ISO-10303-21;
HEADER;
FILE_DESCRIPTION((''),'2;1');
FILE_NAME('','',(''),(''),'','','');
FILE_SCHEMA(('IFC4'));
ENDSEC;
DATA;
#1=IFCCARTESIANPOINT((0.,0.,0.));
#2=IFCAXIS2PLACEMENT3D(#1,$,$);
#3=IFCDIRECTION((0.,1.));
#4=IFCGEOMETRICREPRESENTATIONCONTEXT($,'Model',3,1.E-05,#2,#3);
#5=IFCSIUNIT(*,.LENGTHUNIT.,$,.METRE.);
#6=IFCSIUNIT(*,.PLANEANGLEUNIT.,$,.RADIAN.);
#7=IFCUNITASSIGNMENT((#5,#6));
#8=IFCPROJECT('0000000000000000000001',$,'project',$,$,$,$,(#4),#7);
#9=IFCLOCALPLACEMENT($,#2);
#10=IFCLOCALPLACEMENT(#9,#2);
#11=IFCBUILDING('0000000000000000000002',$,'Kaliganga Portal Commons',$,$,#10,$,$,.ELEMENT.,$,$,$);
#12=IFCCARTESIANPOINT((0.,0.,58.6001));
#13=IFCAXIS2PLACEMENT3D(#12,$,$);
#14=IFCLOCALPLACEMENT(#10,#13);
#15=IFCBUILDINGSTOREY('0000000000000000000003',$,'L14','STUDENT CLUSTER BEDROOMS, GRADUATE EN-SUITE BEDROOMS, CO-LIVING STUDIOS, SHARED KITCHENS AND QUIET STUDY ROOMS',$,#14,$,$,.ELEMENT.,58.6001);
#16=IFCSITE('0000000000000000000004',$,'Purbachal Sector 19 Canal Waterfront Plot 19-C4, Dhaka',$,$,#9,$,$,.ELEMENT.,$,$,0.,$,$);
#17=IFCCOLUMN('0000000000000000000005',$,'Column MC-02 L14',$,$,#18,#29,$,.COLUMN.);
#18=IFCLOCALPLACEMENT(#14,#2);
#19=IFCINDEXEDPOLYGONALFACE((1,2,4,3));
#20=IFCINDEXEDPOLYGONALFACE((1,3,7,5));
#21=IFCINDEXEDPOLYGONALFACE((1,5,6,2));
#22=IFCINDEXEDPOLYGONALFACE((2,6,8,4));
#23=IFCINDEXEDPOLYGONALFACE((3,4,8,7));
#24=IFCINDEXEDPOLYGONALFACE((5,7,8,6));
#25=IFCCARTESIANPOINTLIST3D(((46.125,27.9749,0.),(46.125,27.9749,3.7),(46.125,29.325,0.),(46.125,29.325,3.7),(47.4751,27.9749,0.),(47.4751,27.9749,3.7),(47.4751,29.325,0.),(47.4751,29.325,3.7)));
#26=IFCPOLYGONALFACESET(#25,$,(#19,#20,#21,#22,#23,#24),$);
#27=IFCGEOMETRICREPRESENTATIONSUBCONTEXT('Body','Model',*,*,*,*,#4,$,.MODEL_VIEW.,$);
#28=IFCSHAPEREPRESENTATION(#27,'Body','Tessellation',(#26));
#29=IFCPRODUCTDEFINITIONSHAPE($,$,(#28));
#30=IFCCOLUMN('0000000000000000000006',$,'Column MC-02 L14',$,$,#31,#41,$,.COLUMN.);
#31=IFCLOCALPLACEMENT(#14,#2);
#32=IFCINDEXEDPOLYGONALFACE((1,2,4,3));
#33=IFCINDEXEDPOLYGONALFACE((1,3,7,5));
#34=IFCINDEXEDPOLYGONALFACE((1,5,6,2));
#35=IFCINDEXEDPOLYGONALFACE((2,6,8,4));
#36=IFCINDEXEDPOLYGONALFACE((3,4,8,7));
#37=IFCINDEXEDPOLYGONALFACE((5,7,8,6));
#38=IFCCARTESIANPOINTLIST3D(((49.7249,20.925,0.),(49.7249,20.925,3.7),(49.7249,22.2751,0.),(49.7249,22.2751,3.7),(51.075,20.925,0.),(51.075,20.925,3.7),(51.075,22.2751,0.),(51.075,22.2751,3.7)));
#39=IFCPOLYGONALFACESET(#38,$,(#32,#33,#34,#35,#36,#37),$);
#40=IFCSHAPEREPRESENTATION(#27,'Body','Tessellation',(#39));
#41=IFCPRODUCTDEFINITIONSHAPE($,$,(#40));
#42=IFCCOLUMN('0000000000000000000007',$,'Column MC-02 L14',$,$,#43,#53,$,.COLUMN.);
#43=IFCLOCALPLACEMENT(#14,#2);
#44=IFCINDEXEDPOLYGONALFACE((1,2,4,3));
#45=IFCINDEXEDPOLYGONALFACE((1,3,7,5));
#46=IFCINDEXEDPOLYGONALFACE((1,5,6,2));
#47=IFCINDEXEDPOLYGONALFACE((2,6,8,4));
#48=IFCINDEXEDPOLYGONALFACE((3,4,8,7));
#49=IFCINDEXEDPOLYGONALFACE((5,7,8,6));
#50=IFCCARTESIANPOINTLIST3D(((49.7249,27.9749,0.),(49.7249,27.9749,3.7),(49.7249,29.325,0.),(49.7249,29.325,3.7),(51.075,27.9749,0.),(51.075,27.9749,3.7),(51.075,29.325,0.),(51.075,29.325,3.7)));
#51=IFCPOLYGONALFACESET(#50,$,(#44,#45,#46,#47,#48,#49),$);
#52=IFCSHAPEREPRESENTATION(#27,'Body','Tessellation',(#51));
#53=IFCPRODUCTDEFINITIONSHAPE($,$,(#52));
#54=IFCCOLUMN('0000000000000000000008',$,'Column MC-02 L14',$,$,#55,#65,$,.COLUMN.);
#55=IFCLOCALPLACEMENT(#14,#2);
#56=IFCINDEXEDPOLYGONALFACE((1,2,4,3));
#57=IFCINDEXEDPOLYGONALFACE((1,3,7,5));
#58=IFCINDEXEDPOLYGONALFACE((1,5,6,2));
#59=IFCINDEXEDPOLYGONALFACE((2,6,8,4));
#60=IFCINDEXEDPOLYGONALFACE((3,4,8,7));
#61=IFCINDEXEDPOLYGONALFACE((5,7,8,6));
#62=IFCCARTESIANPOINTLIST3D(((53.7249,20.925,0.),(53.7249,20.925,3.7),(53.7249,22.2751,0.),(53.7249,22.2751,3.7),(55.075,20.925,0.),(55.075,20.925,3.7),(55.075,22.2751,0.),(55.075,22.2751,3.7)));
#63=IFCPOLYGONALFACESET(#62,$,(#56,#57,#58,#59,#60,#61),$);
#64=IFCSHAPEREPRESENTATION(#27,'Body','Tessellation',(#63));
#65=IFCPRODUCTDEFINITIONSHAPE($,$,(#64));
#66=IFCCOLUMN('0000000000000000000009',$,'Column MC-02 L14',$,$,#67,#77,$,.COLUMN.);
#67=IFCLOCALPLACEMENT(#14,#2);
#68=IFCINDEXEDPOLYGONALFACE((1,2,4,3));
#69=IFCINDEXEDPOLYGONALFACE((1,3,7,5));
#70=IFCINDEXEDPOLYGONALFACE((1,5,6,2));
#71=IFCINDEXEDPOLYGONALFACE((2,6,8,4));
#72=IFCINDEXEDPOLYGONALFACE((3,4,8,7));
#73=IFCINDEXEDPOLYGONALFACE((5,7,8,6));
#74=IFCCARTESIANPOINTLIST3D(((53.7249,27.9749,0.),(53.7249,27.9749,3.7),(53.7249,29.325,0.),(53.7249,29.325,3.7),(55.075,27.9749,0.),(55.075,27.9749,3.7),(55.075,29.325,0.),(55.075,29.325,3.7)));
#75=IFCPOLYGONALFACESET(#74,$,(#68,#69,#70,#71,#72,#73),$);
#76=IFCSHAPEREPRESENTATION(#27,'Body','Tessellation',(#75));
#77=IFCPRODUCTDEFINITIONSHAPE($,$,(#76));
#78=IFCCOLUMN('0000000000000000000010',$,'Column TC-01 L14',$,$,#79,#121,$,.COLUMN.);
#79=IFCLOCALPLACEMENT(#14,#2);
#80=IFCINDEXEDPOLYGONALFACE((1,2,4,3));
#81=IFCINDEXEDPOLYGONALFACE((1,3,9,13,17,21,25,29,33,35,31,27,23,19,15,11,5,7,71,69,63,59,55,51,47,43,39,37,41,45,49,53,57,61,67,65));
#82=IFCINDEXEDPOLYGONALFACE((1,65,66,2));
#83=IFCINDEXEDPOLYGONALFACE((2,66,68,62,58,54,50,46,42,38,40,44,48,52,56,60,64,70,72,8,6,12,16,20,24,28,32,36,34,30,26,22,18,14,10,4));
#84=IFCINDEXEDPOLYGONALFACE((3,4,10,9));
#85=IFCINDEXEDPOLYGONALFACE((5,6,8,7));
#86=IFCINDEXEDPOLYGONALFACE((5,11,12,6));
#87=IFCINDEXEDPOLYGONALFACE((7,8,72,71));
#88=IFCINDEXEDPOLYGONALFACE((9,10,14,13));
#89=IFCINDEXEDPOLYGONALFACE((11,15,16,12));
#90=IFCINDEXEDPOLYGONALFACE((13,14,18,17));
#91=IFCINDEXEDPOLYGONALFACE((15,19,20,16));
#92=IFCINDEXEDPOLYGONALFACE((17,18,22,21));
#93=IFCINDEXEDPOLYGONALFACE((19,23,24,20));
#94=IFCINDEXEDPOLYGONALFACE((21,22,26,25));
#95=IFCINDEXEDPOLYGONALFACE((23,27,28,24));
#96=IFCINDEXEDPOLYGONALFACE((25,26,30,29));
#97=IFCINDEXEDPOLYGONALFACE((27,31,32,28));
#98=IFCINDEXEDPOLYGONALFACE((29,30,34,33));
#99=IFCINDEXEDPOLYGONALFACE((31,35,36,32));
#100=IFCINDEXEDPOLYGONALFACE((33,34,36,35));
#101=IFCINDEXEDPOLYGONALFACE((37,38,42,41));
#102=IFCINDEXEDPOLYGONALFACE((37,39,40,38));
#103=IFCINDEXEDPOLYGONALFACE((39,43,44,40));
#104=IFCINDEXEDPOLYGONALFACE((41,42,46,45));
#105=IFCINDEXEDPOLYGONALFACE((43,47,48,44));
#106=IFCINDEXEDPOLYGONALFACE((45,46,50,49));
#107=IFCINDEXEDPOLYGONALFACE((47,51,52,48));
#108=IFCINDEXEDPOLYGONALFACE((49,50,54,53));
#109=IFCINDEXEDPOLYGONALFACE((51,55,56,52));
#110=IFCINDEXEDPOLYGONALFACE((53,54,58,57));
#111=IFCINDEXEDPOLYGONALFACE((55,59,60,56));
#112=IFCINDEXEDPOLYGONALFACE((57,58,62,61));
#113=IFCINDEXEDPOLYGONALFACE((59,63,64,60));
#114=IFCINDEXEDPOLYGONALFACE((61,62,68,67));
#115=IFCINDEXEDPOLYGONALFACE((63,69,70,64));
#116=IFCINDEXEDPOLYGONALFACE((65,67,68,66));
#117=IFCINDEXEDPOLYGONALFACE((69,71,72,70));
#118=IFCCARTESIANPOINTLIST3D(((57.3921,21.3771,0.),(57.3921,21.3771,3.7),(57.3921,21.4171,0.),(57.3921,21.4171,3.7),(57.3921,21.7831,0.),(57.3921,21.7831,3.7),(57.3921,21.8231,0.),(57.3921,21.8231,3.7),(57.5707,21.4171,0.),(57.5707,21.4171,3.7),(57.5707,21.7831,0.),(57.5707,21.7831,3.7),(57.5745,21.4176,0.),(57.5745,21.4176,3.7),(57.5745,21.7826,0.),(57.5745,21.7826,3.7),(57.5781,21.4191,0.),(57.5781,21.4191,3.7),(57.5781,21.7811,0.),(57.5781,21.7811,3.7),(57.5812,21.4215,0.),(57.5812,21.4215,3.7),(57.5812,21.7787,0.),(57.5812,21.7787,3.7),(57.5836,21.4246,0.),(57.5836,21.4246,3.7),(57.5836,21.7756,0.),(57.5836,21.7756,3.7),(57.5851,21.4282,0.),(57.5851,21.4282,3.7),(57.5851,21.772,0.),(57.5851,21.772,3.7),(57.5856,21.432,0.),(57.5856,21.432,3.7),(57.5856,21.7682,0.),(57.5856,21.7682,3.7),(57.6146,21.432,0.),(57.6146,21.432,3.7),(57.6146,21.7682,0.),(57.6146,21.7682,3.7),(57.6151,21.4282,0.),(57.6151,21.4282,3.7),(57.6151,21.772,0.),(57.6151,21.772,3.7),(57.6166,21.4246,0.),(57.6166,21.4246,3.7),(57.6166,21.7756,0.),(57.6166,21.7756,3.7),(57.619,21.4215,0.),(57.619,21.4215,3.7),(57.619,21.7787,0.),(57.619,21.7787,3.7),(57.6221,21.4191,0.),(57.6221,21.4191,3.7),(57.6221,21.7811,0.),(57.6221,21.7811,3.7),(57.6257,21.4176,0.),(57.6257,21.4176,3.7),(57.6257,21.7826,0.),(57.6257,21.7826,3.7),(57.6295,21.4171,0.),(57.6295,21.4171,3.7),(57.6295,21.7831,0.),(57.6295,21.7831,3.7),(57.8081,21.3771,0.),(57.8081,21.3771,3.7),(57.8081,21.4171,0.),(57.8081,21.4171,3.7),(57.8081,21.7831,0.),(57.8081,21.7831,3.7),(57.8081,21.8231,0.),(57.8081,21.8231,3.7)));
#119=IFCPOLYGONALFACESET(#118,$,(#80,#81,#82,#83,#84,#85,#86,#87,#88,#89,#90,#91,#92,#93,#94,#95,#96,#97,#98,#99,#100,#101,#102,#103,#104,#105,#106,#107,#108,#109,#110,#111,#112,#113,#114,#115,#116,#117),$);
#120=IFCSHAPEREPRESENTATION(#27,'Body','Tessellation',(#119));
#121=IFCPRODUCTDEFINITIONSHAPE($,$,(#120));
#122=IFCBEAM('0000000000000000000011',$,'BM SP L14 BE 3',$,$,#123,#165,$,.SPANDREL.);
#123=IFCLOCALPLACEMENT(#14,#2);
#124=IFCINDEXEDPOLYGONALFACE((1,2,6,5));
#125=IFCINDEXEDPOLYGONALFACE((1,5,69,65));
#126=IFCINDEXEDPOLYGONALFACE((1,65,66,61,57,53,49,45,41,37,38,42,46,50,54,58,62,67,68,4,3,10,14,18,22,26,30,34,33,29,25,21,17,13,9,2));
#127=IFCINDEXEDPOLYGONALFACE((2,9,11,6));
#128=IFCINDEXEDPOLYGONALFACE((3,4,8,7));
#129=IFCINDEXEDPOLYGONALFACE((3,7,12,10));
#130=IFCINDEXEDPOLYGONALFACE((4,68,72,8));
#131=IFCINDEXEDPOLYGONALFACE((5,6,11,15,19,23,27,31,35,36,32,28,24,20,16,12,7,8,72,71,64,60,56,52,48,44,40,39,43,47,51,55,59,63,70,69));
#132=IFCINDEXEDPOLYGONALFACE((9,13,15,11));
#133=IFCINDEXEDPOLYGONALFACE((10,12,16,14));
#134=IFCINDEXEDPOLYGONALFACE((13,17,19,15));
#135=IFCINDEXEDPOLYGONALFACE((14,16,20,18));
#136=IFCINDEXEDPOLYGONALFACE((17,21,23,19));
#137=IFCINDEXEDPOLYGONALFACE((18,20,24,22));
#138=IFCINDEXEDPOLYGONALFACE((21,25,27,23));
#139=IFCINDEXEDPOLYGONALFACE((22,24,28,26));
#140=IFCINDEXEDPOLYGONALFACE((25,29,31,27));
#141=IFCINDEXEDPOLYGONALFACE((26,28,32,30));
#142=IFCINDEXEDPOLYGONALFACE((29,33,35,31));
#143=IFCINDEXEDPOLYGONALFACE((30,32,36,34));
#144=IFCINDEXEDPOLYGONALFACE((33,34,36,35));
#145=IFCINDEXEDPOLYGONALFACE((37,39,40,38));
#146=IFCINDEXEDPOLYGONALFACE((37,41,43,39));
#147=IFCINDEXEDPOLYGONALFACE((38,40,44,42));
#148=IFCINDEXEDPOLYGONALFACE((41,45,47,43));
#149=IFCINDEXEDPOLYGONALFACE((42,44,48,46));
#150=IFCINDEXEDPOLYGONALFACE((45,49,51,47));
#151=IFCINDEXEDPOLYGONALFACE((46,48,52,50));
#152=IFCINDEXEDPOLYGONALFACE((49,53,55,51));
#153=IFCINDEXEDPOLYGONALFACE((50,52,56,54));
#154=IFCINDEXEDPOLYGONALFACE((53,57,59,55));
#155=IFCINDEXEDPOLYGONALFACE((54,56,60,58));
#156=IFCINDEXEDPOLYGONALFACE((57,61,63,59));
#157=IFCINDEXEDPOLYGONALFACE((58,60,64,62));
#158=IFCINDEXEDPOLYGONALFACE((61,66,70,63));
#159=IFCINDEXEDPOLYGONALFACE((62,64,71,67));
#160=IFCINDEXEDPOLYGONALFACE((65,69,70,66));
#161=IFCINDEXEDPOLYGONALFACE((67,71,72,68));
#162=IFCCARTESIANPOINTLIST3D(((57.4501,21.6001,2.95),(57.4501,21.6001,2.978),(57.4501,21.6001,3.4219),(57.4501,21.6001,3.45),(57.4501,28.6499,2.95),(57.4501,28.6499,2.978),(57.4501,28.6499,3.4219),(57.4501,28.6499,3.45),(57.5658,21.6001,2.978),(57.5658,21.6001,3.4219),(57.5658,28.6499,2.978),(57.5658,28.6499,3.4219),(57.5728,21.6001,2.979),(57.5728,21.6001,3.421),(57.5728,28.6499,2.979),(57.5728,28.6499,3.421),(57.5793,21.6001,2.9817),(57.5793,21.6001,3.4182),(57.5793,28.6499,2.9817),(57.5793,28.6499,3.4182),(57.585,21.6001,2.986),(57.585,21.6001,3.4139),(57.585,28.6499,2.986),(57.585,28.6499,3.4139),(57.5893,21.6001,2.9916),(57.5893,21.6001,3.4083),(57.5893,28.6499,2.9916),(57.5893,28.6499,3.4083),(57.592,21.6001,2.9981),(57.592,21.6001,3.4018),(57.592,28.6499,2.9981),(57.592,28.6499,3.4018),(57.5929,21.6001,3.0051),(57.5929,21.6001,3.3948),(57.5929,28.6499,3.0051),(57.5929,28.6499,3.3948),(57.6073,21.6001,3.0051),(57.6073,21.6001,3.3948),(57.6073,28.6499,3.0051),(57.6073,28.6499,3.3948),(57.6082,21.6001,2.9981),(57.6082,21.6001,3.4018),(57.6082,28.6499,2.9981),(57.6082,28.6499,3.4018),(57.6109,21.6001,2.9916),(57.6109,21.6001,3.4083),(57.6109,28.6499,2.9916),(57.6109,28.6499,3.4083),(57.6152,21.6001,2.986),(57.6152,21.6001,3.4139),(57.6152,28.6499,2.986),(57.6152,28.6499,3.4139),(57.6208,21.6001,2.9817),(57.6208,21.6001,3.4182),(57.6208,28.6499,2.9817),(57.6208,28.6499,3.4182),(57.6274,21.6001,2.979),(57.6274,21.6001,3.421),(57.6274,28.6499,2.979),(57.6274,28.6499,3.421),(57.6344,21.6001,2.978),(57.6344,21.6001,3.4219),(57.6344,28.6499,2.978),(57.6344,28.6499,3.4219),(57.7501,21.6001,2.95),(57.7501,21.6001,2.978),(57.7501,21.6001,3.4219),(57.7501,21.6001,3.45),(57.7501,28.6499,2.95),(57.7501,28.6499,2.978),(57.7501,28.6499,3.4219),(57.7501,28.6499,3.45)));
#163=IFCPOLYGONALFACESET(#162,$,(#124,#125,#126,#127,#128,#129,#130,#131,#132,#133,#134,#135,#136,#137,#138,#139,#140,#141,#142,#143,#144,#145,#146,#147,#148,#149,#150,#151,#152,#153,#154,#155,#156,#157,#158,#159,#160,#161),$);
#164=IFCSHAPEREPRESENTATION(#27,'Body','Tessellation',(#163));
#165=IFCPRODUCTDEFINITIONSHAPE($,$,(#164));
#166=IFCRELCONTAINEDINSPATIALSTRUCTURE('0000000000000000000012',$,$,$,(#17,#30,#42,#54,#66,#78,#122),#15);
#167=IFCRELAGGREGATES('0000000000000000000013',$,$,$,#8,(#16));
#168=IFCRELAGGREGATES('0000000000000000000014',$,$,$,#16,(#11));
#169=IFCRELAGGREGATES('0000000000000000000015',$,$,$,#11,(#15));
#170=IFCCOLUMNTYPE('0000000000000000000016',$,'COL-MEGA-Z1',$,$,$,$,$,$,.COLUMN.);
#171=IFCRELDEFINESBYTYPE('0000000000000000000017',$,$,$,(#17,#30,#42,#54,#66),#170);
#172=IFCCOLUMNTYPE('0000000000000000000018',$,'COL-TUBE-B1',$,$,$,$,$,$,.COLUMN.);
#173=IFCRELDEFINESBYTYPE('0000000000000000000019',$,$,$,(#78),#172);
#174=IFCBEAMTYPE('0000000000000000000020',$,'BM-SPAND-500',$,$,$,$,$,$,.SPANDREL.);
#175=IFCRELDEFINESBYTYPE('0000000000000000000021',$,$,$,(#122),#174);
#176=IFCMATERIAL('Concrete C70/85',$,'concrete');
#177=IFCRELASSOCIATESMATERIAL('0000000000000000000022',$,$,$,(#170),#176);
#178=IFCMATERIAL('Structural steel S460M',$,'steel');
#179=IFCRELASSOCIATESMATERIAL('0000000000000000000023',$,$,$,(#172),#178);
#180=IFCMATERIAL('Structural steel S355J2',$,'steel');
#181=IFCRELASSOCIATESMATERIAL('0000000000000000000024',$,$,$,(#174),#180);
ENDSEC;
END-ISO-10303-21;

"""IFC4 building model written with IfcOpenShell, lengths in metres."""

from ifc_helpers import new_model, si_unit, direction, frame, origin, origin_2d, place, context, subcontext, project, spatial, rectangle, i_section, extrude, source, transform, mapped, material, material_profile, profile_set, type_object, element, save


model = new_model("IFC4")

# Units and contexts
model_context = context("Model", 3, precision=1e-05, world=origin(), true_north=direction((0.0, 1.0)))
body_context = subcontext(model_context, "Body", "Model", "MODEL_VIEW")
ifc_project = project(units=[si_unit("LENGTHUNIT", "METRE"), si_unit("PLANEANGLEUNIT", "RADIAN")], contexts=[model_context])

# Site, building, storey
site_placement = place(None, origin())
site = spatial("IfcSite", under=ifc_project, at=site_placement, Name="Purbachal Sector 19 Canal Waterfront Plot 19-C4, Dhaka", CompositionType="ELEMENT", RefElevation=0.0)
building_placement = place(site_placement, origin())
building = spatial("IfcBuilding", under=site, at=building_placement, Name="Kaliganga Portal Commons", CompositionType="ELEMENT")
storey_placement = place(building_placement, frame((0.0, 0.0, 58.6001)))
storey = spatial("IfcBuildingStorey", under=building, at=storey_placement, Name="L14", Description="STUDENT CLUSTER BEDROOMS, GRADUATE EN-SUITE BEDROOMS, CO-LIVING STUDIOS, SHARED KITCHENS AND QUIET STUDY ROOMS", CompositionType="ELEMENT", Elevation=58.6001)

# Columns
ifc_material_1 = material(Name="Concrete C70/85", Category="concrete")
ifc_material_profile_1 = material_profile(ifc_material_1, rectangle(XDim=1.3501, YDim=1.3501, at=origin_2d()), Name="RC 1350x1350")
ifc_profile_set_1 = profile_set([ifc_material_profile_1], Name="Concrete C70/85")
column_type_1 = type_object("IfcColumnType", Name="COL-MEGA-Z1", PredefinedType="COLUMN", material=ifc_profile_set_1)
shared_shape_1 = source(origin(), body_context, "Body", "SweptSolid", [
    extrude(rectangle(XDim=1.3501, YDim=1.3501, at=origin_2d()), origin(), (0.0, 0.0, 1.0), 3.7),
])
for number, where, z_axis, x_axis, name in (
    (1, (46.8, 28.6499, 0.0), (0.0, 0.0, 1.0), (1.0, 0.0, 0.0), "Column MC-02 L14"),
    (2, (50.3999, 21.6001, 0.0), (0.0, 0.0, 1.0), (1.0, 0.0, 0.0), "Column MC-02 L14"),
    (3, (50.3999, 28.6499, 0.0), (0.0, 0.0, 1.0), (1.0, 0.0, 0.0), "Column MC-02 L14"),
    (4, (54.3999, 21.6001, 0.0), (0.0, 0.0, 1.0), (1.0, 0.0, 0.0), "Column MC-02 L14"),
    (5, (54.3999, 28.6499, 0.0), (0.0, 0.0, 1.0), (1.0, 0.0, 0.0), "Column MC-02 L14"),
):
    element("IfcColumn", number, at=place(storey_placement, frame(where, z_axis=z_axis, x_axis=x_axis)), inside=storey, type_object=column_type_1, Name=name, PredefinedType="COLUMN", context=body_context, shape_type="MappedRepresentation", body=[
        mapped(shared_shape_1, transform((0.0, 0.0, 0.0), x_axis=(1.0, 0.0, 0.0), y_axis=(0.0, 1.0, 0.0), z_axis=(0.0, 0.0, 1.0), scale=1.0)),
    ])
ifc_material_2 = material(Name="Structural steel S460M", Category="steel")
ifc_material_profile_2 = material_profile(ifc_material_2, i_section(OverallWidth=0.416, OverallDepth=0.446, WebThickness=0.0291, FlangeThickness=0.04, FilletRadius=0.0149, at=origin_2d()), Name="HD 400x509")
ifc_profile_set_2 = profile_set([ifc_material_profile_2], Name="Structural steel S460M wide-flange")
column_type_2 = type_object("IfcColumnType", Name="COL-TUBE-B1", PredefinedType="COLUMN", material=ifc_profile_set_2)
shared_shape_2 = source(origin(), body_context, "Body", "SweptSolid", [
    extrude(i_section(OverallWidth=0.416, OverallDepth=0.446, WebThickness=0.0291, FlangeThickness=0.04, FilletRadius=0.0149, at=origin_2d()), origin(), (0.0, 0.0, 1.0), 3.7),
])
column_placement = place(storey_placement, frame((57.6001, 21.6001, 0.0), z_axis=(0.0, 0.0, 1.0), x_axis=(1.0, 0.0, 0.0)))
element("IfcColumn", 6, at=column_placement, inside=storey, type_object=column_type_2, Name="Column TC-01 L14", PredefinedType="COLUMN", context=body_context, shape_type="MappedRepresentation", body=[
    mapped(shared_shape_2, transform((0.0, 0.0, 0.0), x_axis=(1.0, 0.0, 0.0), y_axis=(0.0, 1.0, 0.0), z_axis=(0.0, 0.0, 1.0), scale=1.0)),
])

# Beam
ifc_material_3 = material(Name="Structural steel S355J2", Category="steel")
ifc_material_profile_3 = material_profile(ifc_material_3, i_section(OverallWidth=0.3, OverallDepth=0.5, WebThickness=0.0144, FlangeThickness=0.0281, FilletRadius=0.0271, at=origin_2d()), Name="HE 500 B")
ifc_profile_set_3 = profile_set([ifc_material_profile_3], Name="Structural steel S355J2 wide-flange")
beam_type_1 = type_object("IfcBeamType", Name="BM-SPAND-500", PredefinedType="SPANDREL", material=ifc_profile_set_3)
shared_shape_3 = source(origin(), body_context, "Body", "SweptSolid", [
    extrude(i_section(OverallWidth=0.3, OverallDepth=0.5, WebThickness=0.0144, FlangeThickness=0.0281, FilletRadius=0.0271, at=origin_2d()), origin(), (0.0, 0.0, 1.0), 7.0498),
])
beam_1_placement = place(storey_placement, frame((57.6001, 21.6001, 3.2), z_axis=(0.0, 1.0, 0.0), x_axis=(-1.0, 0.0, 0.0)))
element("IfcBeam", 7, at=beam_1_placement, inside=storey, type_object=beam_type_1, Name="BM SP L14 BE 3", PredefinedType="SPANDREL", context=body_context, shape_type="MappedRepresentation", body=[
    mapped(shared_shape_3, transform((0.0, 0.0, 0.0), x_axis=(1.0, 0.0, 0.0), y_axis=(0.0, 1.0, 0.0), z_axis=(0.0, 0.0, 1.0), scale=1.0)),
])

save(model, "model.ifc")
